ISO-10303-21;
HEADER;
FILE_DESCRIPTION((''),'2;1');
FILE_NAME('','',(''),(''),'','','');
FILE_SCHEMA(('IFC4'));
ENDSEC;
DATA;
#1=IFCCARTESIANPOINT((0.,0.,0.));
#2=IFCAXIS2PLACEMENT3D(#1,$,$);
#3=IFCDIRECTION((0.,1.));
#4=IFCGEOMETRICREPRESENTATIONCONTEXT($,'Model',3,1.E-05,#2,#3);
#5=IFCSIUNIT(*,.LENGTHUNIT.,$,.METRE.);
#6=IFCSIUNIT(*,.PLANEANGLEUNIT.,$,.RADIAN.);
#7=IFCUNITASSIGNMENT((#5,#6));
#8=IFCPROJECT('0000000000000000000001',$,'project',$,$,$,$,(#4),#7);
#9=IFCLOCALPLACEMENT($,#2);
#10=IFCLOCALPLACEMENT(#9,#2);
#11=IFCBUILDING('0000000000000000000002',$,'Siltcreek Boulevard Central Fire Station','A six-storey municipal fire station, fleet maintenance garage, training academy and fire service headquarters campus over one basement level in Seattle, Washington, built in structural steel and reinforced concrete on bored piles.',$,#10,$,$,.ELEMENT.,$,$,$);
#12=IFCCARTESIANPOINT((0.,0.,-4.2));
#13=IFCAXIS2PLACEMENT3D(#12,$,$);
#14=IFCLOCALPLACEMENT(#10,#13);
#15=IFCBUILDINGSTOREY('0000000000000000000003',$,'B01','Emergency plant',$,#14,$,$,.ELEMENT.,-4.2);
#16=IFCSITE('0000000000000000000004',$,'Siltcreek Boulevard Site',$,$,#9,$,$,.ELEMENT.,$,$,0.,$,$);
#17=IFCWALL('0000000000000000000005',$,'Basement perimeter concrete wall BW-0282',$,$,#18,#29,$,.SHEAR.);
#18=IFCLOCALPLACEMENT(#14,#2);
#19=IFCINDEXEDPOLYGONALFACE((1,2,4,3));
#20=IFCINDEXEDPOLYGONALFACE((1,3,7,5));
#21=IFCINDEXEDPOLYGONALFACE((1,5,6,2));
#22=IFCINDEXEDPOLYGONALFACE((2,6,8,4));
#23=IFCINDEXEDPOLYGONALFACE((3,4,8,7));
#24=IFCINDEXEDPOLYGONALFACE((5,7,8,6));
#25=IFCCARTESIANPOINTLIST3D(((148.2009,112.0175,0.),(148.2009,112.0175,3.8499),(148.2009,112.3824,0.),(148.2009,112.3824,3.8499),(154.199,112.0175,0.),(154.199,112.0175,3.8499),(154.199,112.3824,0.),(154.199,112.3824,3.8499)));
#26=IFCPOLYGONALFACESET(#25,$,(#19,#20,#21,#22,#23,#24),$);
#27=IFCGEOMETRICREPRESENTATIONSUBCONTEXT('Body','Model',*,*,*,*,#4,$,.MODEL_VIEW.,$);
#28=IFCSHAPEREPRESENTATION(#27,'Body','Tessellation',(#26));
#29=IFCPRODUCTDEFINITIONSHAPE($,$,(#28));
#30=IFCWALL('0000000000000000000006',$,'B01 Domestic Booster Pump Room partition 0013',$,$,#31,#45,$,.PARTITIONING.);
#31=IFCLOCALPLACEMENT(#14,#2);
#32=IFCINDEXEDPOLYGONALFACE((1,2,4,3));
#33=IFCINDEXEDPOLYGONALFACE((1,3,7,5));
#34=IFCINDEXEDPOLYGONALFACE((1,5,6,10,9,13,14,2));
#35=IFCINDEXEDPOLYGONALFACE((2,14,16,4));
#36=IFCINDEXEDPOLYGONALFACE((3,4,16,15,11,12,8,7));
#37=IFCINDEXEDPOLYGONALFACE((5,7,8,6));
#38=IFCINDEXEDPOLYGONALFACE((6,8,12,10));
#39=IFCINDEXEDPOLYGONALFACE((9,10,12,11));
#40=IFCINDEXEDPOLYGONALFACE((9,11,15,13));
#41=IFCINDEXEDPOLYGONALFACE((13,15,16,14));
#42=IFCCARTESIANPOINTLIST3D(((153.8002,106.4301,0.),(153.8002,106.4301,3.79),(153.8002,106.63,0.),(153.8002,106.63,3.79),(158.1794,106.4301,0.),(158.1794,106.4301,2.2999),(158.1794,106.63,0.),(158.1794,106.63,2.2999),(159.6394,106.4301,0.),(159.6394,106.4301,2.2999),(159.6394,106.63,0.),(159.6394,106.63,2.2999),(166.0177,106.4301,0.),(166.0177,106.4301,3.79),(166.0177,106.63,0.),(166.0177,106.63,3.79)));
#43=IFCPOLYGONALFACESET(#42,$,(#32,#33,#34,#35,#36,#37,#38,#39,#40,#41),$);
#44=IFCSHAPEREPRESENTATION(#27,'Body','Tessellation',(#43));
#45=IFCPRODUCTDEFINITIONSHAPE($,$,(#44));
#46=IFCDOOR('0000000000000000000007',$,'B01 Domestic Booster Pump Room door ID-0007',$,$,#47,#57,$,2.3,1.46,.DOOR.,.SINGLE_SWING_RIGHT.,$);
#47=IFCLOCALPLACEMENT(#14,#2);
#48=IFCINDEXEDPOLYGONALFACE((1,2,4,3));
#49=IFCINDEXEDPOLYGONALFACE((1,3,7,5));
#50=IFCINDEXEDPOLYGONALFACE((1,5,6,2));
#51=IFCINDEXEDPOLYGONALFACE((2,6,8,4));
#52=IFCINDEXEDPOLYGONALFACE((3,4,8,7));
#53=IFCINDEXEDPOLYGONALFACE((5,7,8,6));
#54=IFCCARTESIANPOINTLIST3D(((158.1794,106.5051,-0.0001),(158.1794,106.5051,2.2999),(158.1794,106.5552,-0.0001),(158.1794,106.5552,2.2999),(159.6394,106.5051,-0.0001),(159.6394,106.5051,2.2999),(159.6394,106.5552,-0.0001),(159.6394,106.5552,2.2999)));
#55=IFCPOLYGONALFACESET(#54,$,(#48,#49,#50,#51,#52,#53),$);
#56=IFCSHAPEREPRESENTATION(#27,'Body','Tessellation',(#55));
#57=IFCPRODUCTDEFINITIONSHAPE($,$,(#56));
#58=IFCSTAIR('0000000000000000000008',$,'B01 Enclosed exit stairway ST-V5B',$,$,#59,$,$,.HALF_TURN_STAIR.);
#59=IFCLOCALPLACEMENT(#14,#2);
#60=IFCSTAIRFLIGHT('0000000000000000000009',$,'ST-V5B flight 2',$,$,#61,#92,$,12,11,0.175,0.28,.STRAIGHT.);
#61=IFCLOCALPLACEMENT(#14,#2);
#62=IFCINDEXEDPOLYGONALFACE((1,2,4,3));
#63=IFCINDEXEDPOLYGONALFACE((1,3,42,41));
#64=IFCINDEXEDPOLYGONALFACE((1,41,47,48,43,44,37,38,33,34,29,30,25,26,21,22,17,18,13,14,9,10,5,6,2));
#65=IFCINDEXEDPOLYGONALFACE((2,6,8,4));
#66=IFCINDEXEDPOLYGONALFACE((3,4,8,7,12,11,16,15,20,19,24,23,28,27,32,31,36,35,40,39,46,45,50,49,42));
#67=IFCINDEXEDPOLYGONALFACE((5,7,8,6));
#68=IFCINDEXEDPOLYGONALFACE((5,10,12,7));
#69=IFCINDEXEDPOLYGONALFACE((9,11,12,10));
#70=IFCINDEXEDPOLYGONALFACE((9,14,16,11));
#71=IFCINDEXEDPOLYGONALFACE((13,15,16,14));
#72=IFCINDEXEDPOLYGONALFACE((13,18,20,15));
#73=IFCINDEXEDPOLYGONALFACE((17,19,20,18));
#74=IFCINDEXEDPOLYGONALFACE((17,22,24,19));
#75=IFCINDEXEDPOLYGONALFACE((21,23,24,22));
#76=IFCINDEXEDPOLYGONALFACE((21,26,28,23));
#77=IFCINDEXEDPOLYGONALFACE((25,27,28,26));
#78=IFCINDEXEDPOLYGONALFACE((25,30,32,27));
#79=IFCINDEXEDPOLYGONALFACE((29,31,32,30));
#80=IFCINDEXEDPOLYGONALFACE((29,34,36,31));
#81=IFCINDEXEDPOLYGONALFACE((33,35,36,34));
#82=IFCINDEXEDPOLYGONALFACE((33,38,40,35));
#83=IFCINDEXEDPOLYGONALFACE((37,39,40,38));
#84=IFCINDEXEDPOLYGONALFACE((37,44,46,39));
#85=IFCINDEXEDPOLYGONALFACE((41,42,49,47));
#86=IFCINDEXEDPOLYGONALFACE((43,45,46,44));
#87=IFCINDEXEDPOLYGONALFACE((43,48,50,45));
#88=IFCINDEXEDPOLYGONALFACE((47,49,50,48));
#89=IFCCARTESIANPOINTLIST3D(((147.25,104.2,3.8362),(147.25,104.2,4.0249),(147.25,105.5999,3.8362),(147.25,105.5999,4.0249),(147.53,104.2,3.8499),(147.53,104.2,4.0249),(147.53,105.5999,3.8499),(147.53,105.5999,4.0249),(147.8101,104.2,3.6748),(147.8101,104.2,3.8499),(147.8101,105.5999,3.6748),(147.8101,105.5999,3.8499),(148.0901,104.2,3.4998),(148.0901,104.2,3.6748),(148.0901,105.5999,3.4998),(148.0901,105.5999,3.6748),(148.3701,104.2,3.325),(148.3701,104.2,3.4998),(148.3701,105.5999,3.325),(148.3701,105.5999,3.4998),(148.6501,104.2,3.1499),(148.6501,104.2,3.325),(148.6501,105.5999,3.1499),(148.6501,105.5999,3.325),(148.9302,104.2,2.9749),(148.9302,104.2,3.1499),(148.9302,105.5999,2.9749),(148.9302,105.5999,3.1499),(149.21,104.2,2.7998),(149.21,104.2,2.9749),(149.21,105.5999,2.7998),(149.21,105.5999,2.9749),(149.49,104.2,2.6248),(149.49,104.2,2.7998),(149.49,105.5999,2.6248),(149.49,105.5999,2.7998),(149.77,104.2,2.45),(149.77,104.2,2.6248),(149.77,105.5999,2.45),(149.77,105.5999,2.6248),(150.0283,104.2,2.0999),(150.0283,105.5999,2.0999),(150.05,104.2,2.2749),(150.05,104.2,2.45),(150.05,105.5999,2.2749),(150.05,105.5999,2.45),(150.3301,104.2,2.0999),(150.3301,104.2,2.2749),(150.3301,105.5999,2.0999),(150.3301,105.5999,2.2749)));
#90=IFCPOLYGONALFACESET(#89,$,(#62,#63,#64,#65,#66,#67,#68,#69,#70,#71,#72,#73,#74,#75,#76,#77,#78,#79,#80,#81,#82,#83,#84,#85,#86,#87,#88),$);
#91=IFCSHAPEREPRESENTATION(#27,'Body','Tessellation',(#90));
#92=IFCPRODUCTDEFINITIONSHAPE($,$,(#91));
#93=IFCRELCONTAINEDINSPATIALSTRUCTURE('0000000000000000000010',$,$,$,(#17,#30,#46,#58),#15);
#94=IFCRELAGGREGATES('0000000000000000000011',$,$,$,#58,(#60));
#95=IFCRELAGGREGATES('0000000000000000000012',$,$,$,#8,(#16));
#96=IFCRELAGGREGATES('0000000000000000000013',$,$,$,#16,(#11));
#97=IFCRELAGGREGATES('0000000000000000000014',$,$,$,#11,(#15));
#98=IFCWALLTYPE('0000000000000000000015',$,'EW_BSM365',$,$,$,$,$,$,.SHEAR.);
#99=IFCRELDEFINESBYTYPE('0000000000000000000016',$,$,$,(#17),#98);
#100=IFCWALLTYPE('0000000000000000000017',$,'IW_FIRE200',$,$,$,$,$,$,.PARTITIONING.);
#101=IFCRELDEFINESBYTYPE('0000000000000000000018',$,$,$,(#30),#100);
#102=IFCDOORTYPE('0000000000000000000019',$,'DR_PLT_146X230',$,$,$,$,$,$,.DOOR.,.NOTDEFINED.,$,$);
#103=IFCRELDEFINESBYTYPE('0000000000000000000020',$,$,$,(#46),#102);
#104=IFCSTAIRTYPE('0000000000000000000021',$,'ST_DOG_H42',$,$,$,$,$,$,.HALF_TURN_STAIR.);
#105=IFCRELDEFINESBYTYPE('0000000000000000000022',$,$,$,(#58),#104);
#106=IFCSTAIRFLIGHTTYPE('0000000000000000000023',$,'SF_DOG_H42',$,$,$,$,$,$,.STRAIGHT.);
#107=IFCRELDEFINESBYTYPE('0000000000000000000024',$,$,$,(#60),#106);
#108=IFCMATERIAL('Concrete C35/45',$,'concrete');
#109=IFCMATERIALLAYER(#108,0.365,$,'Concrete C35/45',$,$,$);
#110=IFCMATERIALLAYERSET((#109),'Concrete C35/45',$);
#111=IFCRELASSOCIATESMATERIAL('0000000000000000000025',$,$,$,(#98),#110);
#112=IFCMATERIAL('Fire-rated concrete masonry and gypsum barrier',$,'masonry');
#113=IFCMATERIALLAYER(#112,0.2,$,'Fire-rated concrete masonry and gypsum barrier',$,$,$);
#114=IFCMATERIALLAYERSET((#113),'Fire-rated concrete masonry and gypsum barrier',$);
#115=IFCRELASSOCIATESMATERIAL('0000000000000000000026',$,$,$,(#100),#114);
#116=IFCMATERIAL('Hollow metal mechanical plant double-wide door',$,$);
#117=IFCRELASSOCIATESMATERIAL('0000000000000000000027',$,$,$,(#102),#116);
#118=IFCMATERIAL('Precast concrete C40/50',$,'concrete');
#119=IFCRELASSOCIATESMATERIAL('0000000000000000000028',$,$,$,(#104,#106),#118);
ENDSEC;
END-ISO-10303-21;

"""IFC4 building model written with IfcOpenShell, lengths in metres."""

from ifc_helpers import new_model, si_unit, direction, frame, frame_2d, origin, place, context, subcontext, project, spatial, polyline, rectangle, outline, extrude, material, layer, layer_set, type_object, element, fill, aggregate, save


model = new_model("IFC4")

# Units and contexts
model_context = context("Model", 3, precision=1e-05, world=origin(), true_north=direction((0.0, 1.0)))
body_context = subcontext(model_context, "Body", "Model", "MODEL_VIEW")
ifc_project = project(units=[si_unit("LENGTHUNIT", "METRE"), si_unit("PLANEANGLEUNIT", "RADIAN")], contexts=[model_context])

# Site, building, storey
site_placement = place(None, origin())
site = spatial("IfcSite", under=ifc_project, at=site_placement, Name="Siltcreek Boulevard Site", CompositionType="ELEMENT", RefElevation=0.0)
building_placement = place(site_placement, origin())
building = spatial("IfcBuilding", under=site, at=building_placement, Name="Siltcreek Boulevard Central Fire Station", Description="A six-storey municipal fire station, fleet maintenance garage, training academy and fire service headquarters campus over one basement level in Seattle, Washington, built in structural steel and reinforced concrete on bored piles.", CompositionType="ELEMENT")
storey_placement = place(building_placement, frame((0.0, 0.0, -4.2)))
storey = spatial("IfcBuildingStorey", under=building, at=storey_placement, Name="B01", Description="Emergency plant", CompositionType="ELEMENT", Elevation=-4.2)

# Shared definitions
ifc_material_1 = material(Name="Concrete C35/45", Category="concrete")

# Wall
ifc_layer_1 = layer(ifc_material_1, 0.365, Name="Concrete C35/45")
ifc_layer_set_1 = layer_set([ifc_layer_1], Name="Concrete C35/45")
wall_type_1 = type_object("IfcWallType", Name="EW_BSM365", PredefinedType="SHEAR", material=ifc_layer_set_1)
wall_1_placement = place(storey_placement, frame((154.199, 112.2, 0.0), z_axis=(0.0, 0.0, 1.0), x_axis=(-1.0, 0.0, 0.0)))
element("IfcWall", 1, at=wall_1_placement, inside=storey, type_object=wall_type_1, Name="Basement perimeter concrete wall BW-0282", PredefinedType="SHEAR", context=body_context, shape_type="SweptSolid", body=[
    extrude(rectangle(XDim=5.998, YDim=0.365, at=frame_2d((2.999, 0.0))), origin(), (0.0, 0.0, 1.0), 3.8499),
])

# Wall, opening, door
ifc_material_2 = material(Name="Fire-rated concrete masonry and gypsum barrier", Category="masonry")
ifc_layer_2 = layer(ifc_material_2, 0.2, Name="Fire-rated concrete masonry and gypsum barrier")
ifc_layer_set_2 = layer_set([ifc_layer_2], Name="Fire-rated concrete masonry and gypsum barrier")
wall_type_2 = type_object("IfcWallType", Name="IW_FIRE200", PredefinedType="PARTITIONING", material=ifc_layer_set_2)
wall_2_placement = place(storey_placement, frame((153.8, 106.53, 0.0), z_axis=(0.0, 0.0, 1.0), x_axis=(1.0, 0.0, 0.0)))
wall_2 = element("IfcWall", 2, at=wall_2_placement, inside=storey, type_object=wall_type_2, Name="B01 Domestic Booster Pump Room partition 0013", PredefinedType="PARTITIONING", context=body_context, shape_type="SweptSolid", body=[
    extrude(rectangle(XDim=12.2175, YDim=0.2, at=frame_2d((6.1089, 0.0))), origin(), (0.0, 0.0, 1.0), 3.79),
])
opening_placement = place(wall_2_placement, frame((4.3794, 0.0, 0.0)))
opening = element("IfcOpeningElement", 3, at=opening_placement, cuts=wall_2, PredefinedType="OPENING", context=body_context, shape_type="SweptSolid", body=[
    extrude(rectangle(XDim=1.46, YDim=2.3, at=frame_2d((0.73, 1.1499))), frame((0.0, 0.1099, 0.0), z_axis=(0.0, -1.0, 0.0), x_axis=(1.0, 0.0, 0.0)), (0.0, 0.0, 1.0), 0.22),
])
ifc_material_3 = material(Name="Hollow metal mechanical plant double-wide door")
door_type = type_object("IfcDoorType", Name="DR_PLT_146X230", OperationType="NOTDEFINED", PredefinedType="DOOR", material=ifc_material_3)
door_placement = place(opening_placement, frame((1.46, 0.0, 0.0), z_axis=(0.0, 0.0, 1.0), x_axis=(-1.0, 0.0, 0.0)))
door = element("IfcDoor", 4, at=door_placement, inside=storey, type_object=door_type, Name="B01 Domestic Booster Pump Room door ID-0007", OperationType="SINGLE_SWING_RIGHT", OverallHeight=2.3, OverallWidth=1.46, PredefinedType="DOOR", context=body_context, shape_type="SweptSolid", body=[
    extrude(rectangle(XDim=1.46, YDim=2.3, at=frame_2d((0.73, 1.1499))), frame((0.0, 0.0249, 0.0), z_axis=(0.0, -1.0, 0.0), x_axis=(1.0, 0.0, 0.0)), (0.0, 0.0, 1.0), 0.05),
])
fill(opening, door)

# Stair, stair flight
ifc_material_4 = material(Name="Precast concrete C40/50", Category="concrete")
stair_type = type_object("IfcStairType", Name="ST_DOG_H42", PredefinedType="HALF_TURN_STAIR", material=ifc_material_4)
stair_placement = place(storey_placement, origin())
stair = element("IfcStair", 5, at=stair_placement, inside=storey, type_object=stair_type, Name="B01 Enclosed exit stairway ST-V5B", PredefinedType="HALF_TURN_STAIR")
stair_flight_type = type_object("IfcStairFlightType", Name="SF_DOG_H42", PredefinedType="STRAIGHT", material=ifc_material_4)
stair_flight_placement = place(storey_placement, frame((150.3301, 104.8999, 2.0999), z_axis=(0.0, 0.0, 1.0), x_axis=(-1.0, 0.0, 0.0)))
stair_flight = element("IfcStairFlight", 6, at=stair_flight_placement, type_object=stair_flight_type, Name="ST-V5B flight 2", NumberOfRisers=12, NumberOfTreads=11, PredefinedType="STRAIGHT", RiserHeight=0.175, TreadLength=0.28, context=body_context, shape_type="SweptSolid", body=[
    extrude(outline(polyline([(0.0, 0.0), (0.0, 0.175), (0.28, 0.175), (0.28, 0.3501), (0.5601, 0.3501), (0.5601, 0.5249), (0.8401, 0.5249), (0.8401, 0.7), (1.1201, 0.7), (1.1201, 0.875), (1.3999, 0.875), (1.3999, 1.05), (1.6799, 1.05), (1.6799, 1.2251), (1.96, 1.2251), (1.96, 1.3999), (2.24, 1.3999), (2.24, 1.575), (2.52, 1.575), (2.52, 1.75), (2.8, 1.75), (2.8, 1.925), (3.0801, 1.925), (3.0801, 2.1001), (3.0801, 1.7363), (0.3018, 0.0), (0.0, 0.0)])), frame((0.0, 0.7, 0.0), z_axis=(0.0, -1.0, 0.0), x_axis=(1.0, 0.0, 0.0)), (0.0, 0.0, 1.0), 1.3999),
])
aggregate(stair, [stair_flight])

save(model, "model.ifc")
